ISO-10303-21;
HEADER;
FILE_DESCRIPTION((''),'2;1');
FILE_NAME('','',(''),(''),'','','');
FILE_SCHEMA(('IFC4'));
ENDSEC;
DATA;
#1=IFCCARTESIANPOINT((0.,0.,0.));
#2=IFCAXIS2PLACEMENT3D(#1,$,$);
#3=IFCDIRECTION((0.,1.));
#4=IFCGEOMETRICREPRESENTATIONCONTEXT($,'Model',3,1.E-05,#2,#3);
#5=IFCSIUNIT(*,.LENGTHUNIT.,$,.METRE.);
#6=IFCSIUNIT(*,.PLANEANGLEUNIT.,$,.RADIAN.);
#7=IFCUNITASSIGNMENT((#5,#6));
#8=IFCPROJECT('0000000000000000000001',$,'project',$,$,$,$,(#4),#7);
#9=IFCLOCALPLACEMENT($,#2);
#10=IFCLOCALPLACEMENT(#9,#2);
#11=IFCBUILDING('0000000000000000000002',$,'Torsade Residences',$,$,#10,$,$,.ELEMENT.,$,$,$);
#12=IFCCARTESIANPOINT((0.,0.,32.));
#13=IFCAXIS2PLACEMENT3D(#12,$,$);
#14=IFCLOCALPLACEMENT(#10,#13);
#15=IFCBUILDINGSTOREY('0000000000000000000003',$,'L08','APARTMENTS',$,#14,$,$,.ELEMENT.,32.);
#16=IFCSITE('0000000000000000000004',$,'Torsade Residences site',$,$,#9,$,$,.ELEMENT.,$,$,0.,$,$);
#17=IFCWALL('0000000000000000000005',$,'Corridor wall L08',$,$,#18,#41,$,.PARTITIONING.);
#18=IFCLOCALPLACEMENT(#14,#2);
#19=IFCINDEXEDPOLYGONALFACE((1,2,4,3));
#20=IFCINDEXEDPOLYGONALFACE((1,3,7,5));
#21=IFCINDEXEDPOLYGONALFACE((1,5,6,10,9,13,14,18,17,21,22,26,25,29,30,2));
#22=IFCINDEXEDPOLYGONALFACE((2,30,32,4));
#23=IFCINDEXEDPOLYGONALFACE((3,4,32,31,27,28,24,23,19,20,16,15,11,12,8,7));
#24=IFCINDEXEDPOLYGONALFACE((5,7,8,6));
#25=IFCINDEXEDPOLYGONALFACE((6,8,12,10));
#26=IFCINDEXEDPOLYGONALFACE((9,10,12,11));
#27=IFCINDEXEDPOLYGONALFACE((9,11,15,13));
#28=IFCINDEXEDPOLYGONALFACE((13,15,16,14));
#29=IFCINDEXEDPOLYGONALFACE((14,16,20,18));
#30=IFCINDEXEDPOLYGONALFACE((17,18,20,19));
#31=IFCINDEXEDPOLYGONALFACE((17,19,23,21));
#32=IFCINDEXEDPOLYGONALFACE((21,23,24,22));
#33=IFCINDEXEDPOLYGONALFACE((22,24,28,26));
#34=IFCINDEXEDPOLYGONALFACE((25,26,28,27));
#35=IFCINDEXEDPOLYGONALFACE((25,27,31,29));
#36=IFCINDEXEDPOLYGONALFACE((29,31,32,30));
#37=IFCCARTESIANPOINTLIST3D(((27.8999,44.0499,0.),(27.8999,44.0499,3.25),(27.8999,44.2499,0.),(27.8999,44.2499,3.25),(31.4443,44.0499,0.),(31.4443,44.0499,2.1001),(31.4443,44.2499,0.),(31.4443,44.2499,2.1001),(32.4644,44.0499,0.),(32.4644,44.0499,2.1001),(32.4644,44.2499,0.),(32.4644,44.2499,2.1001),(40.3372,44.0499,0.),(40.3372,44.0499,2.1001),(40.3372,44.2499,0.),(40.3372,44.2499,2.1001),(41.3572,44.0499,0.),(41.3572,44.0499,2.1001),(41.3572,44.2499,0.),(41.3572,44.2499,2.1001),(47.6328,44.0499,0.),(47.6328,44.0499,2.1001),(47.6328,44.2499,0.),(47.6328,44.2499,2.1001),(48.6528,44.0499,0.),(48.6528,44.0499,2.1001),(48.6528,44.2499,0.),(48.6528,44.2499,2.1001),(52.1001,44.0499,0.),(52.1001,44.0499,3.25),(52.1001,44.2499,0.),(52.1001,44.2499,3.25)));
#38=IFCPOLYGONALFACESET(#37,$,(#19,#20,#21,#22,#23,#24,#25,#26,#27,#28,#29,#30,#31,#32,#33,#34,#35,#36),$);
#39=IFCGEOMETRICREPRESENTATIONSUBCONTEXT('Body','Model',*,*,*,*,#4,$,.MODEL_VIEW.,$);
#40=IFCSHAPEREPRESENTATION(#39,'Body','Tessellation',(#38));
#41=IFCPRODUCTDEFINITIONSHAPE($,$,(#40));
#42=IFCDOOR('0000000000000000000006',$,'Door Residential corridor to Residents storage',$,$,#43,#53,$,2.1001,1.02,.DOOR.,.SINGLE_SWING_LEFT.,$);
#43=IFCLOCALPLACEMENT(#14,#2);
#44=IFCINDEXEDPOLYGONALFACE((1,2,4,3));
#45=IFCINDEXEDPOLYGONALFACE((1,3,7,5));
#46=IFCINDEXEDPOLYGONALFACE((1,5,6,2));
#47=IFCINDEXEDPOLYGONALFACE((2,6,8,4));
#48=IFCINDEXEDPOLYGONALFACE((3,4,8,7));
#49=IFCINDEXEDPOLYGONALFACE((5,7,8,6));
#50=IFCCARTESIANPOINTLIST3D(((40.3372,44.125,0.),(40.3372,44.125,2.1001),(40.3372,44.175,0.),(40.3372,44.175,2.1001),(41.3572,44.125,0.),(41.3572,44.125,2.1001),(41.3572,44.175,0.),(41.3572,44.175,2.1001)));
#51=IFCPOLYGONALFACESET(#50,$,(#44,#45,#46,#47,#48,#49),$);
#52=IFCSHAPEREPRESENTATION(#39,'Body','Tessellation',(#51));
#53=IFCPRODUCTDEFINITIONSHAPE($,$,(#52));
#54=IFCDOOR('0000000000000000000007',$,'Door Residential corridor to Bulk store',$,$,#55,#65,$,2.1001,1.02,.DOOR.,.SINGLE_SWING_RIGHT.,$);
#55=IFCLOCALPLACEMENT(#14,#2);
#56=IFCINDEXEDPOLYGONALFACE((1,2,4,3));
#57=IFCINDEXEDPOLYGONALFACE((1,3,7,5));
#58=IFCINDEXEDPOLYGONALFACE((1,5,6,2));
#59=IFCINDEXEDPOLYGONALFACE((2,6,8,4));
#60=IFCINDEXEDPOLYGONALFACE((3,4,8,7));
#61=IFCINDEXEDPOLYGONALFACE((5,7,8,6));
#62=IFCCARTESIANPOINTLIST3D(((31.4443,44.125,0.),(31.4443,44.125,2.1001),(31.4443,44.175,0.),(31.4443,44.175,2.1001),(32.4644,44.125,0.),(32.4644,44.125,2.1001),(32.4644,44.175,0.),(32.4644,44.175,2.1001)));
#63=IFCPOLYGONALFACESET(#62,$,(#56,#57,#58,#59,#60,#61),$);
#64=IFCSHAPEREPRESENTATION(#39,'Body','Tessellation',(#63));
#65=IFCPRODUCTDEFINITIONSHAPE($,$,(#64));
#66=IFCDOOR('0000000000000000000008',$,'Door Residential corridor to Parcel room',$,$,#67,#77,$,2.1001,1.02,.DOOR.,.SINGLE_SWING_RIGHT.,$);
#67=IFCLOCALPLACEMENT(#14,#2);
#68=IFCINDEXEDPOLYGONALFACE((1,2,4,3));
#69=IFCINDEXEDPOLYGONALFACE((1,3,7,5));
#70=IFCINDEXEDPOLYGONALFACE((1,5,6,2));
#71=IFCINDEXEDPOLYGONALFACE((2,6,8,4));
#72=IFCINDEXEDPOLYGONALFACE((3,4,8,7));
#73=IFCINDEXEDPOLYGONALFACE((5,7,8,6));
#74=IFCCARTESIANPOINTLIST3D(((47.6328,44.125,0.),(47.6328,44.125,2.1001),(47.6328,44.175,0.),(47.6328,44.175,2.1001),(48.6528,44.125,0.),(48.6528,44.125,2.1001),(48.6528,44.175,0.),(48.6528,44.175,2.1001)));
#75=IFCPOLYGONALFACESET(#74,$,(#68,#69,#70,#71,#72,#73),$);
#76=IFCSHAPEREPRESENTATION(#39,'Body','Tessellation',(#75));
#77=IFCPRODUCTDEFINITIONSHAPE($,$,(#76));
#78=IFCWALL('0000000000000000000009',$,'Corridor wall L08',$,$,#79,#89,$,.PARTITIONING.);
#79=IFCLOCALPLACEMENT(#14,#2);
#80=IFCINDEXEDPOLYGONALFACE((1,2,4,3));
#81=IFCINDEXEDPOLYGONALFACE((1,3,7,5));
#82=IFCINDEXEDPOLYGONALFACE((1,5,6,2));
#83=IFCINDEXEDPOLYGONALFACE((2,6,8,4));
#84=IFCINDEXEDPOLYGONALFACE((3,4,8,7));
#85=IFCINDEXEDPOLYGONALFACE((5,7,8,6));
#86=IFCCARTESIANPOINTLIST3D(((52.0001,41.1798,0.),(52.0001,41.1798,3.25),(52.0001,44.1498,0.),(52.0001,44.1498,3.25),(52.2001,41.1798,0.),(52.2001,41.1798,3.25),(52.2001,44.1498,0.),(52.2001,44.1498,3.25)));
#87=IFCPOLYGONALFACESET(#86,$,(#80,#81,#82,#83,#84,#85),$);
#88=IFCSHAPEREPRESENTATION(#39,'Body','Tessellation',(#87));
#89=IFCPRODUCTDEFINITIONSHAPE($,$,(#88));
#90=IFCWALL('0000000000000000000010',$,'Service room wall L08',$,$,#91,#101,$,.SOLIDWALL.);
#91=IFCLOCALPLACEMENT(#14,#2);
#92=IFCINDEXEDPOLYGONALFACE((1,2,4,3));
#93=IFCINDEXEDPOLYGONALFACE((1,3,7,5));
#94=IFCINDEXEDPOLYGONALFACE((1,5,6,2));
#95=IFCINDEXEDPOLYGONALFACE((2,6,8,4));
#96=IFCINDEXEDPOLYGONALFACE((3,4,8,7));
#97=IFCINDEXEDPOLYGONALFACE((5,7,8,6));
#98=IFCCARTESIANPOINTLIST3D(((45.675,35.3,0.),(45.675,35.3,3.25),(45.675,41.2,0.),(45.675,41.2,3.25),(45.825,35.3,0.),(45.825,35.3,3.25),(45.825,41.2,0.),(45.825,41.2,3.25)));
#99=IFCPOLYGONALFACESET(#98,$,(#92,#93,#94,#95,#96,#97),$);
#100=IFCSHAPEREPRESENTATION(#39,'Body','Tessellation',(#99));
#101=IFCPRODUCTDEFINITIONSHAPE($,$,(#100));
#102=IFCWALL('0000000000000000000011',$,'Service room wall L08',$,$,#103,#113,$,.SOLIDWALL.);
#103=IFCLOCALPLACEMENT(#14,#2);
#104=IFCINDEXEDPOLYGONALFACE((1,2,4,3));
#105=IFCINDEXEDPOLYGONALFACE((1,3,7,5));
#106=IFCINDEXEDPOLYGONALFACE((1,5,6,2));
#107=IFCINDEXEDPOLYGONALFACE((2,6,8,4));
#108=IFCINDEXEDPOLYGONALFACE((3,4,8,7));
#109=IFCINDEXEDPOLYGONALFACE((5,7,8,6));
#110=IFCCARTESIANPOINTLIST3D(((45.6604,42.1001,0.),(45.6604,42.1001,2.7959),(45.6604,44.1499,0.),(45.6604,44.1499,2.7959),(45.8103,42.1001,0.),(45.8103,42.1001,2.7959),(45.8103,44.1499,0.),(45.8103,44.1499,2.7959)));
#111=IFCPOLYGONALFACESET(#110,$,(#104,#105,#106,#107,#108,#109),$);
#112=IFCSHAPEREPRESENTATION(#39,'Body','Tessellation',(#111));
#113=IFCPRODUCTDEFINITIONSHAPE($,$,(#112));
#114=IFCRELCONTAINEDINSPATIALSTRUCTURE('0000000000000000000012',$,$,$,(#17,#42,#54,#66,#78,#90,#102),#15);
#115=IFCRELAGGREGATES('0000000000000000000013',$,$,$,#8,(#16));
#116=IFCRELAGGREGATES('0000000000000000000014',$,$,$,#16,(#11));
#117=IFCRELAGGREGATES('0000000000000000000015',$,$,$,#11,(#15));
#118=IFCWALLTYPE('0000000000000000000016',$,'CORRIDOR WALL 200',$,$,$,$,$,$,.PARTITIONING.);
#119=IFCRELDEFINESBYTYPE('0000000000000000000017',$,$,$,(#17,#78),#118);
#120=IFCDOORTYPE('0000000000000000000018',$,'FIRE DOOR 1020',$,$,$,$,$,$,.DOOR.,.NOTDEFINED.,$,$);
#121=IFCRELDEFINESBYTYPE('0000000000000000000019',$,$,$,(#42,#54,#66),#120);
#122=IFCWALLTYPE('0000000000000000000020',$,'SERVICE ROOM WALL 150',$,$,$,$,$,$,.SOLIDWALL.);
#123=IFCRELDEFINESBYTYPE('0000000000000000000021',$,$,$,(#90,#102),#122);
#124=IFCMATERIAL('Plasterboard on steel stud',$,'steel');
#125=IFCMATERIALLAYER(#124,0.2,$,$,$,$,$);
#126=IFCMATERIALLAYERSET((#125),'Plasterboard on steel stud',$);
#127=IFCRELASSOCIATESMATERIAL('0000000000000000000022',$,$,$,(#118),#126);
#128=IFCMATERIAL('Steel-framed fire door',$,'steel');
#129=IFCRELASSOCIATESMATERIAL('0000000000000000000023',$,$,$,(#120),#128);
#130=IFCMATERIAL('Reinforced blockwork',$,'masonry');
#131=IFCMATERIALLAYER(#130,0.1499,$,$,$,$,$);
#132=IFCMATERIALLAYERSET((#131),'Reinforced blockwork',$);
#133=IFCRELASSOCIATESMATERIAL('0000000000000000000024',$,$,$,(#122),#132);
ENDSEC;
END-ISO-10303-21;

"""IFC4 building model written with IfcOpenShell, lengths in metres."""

from ifc_helpers import new_model, si_unit, direction, frame, frame_2d, origin, place, context, subcontext, project, spatial, rectangle, extrude, material, layer, layer_set, type_object, element, fill, save


model = new_model("IFC4")

# Units and contexts
model_context = context("Model", 3, precision=1e-05, world=origin(), true_north=direction((0.0, 1.0)))
body_context = subcontext(model_context, "Body", "Model", "MODEL_VIEW")
ifc_project = project(units=[si_unit("LENGTHUNIT", "METRE"), si_unit("PLANEANGLEUNIT", "RADIAN")], contexts=[model_context])

# Site, building, storey
site_placement = place(None, origin())
site = spatial("IfcSite", under=ifc_project, at=site_placement, Name="Torsade Residences site", CompositionType="ELEMENT", RefElevation=0.0)
building_placement = place(site_placement, origin())
building = spatial("IfcBuilding", under=site, at=building_placement, Name="Torsade Residences", CompositionType="ELEMENT")
storey_placement = place(building_placement, frame((0.0, 0.0, 32.0)))
storey = spatial("IfcBuildingStorey", under=building, at=storey_placement, Name="L08", Description="APARTMENTS", CompositionType="ELEMENT", Elevation=32.0)

# Shared definitions
ifc_material_1 = material(Name="Plasterboard on steel stud", Category="steel")
ifc_layer_1 = layer(ifc_material_1, 0.2)
ifc_layer_set_1 = layer_set([ifc_layer_1], Name="Plasterboard on steel stud")
wall_type_1 = type_object("IfcWallType", Name="CORRIDOR WALL 200", PredefinedType="PARTITIONING", material=ifc_layer_set_1)

# Wall, openings, doors
wall_1_placement = place(storey_placement, frame((52.1001, 44.1499, 0.0), z_axis=(0.0, 0.0, 1.0), x_axis=(-1.0, 0.0, 0.0)))
wall_1 = element("IfcWall", 1, at=wall_1_placement, inside=storey, type_object=wall_type_1, Name="Corridor wall L08", PredefinedType="PARTITIONING", context=body_context, shape_type="SweptSolid", body=[
    extrude(rectangle(XDim=24.2002, YDim=0.2, at=frame_2d((12.1001, 0.0))), origin(), (0.0, 0.0, 1.0), 3.25),
])
opening_1_placement = place(wall_1_placement, frame((10.7429, 0.0, 0.0)))
opening_1 = element("IfcOpeningElement", 2, at=opening_1_placement, cuts=wall_1, PredefinedType="OPENING", context=body_context, shape_type="SweptSolid", body=[
    extrude(rectangle(XDim=1.02, YDim=2.1001, at=frame_2d((0.51, 1.05))), frame((0.0, 0.1099, 0.0), z_axis=(0.0, -1.0, 0.0), x_axis=(1.0, 0.0, 0.0)), (0.0, 0.0, 1.0), 0.22),
])
opening_2_placement = place(wall_1_placement, frame((19.6357, 0.0, 0.0)))
opening_2 = element("IfcOpeningElement", 3, at=opening_2_placement, cuts=wall_1, PredefinedType="OPENING", context=body_context, shape_type="SweptSolid", body=[
    extrude(rectangle(XDim=1.02, YDim=2.1001, at=frame_2d((0.51, 1.05))), frame((0.0, 0.1099, 0.0), z_axis=(0.0, -1.0, 0.0), x_axis=(1.0, 0.0, 0.0)), (0.0, 0.0, 1.0), 0.22),
])
opening_3_placement = place(wall_1_placement, frame((3.4473, 0.0, 0.0)))
opening_3 = element("IfcOpeningElement", 4, at=opening_3_placement, cuts=wall_1, PredefinedType="OPENING", context=body_context, shape_type="SweptSolid", body=[
    extrude(rectangle(XDim=1.02, YDim=2.1001, at=frame_2d((0.51, 1.05))), frame((0.0, 0.1099, 0.0), z_axis=(0.0, -1.0, 0.0), x_axis=(1.0, 0.0, 0.0)), (0.0, 0.0, 1.0), 0.22),
])
ifc_material_2 = material(Name="Steel-framed fire door", Category="steel")
door_type_1 = type_object("IfcDoorType", Name="FIRE DOOR 1020", OperationType="NOTDEFINED", PredefinedType="DOOR", material=ifc_material_2)
door_1_placement = place(opening_1_placement, origin())
door_1 = element("IfcDoor", 5, at=door_1_placement, inside=storey, type_object=door_type_1, Name="Door Residential corridor to Residents storage", OperationType="SINGLE_SWING_LEFT", OverallHeight=2.1001, OverallWidth=1.02, PredefinedType="DOOR", context=body_context, shape_type="SweptSolid", body=[
    extrude(rectangle(XDim=1.02, YDim=2.1001, at=frame_2d((0.51, 1.05))), frame((0.0, 0.0249, 0.0), z_axis=(0.0, -1.0, 0.0), x_axis=(1.0, 0.0, 0.0)), (0.0, 0.0, 1.0), 0.05),
])
fill(opening_1, door_1)
door_2_placement = place(opening_2_placement, origin())
door_2 = element("IfcDoor", 6, at=door_2_placement, inside=storey, type_object=door_type_1, Name="Door Residential corridor to Bulk store", OperationType="SINGLE_SWING_RIGHT", OverallHeight=2.1001, OverallWidth=1.02, PredefinedType="DOOR", context=body_context, shape_type="SweptSolid", body=[
    extrude(rectangle(XDim=1.02, YDim=2.1001, at=frame_2d((0.51, 1.05))), frame((0.0, 0.0249, 0.0), z_axis=(0.0, -1.0, 0.0), x_axis=(1.0, 0.0, 0.0)), (0.0, 0.0, 1.0), 0.05),
])
fill(opening_2, door_2)
door_3_placement = place(opening_3_placement, origin())
door_3 = element("IfcDoor", 7, at=door_3_placement, inside=storey, type_object=door_type_1, Name="Door Residential corridor to Parcel room", OperationType="SINGLE_SWING_RIGHT", OverallHeight=2.1001, OverallWidth=1.02, PredefinedType="DOOR", context=body_context, shape_type="SweptSolid", body=[
    extrude(rectangle(XDim=1.02, YDim=2.1001, at=frame_2d((0.51, 1.05))), frame((0.0, 0.0249, 0.0), z_axis=(0.0, -1.0, 0.0), x_axis=(1.0, 0.0, 0.0)), (0.0, 0.0, 1.0), 0.05),
])
fill(opening_3, door_3)

# Walls
wall_2_placement = place(storey_placement, frame((52.1001, 41.1799, 0.0), z_axis=(0.0, 0.0, 1.0), x_axis=(0.0, 1.0, 0.0)))
element("IfcWall", 8, at=wall_2_placement, inside=storey, type_object=wall_type_1, Name="Corridor wall L08", PredefinedType="PARTITIONING", context=body_context, shape_type="SweptSolid", body=[
    extrude(rectangle(XDim=2.97, YDim=0.2, at=frame_2d((1.4849, 0.0))), origin(), (0.0, 0.0, 1.0), 3.25),
])
ifc_material_3 = material(Name="Reinforced blockwork", Category="masonry")
ifc_layer_2 = layer(ifc_material_3, 0.1499)
ifc_layer_set_2 = layer_set([ifc_layer_2], Name="Reinforced blockwork")
wall_type_2 = type_object("IfcWallType", Name="SERVICE ROOM WALL 150", PredefinedType="SOLIDWALL", material=ifc_layer_set_2)
wall_3_placement = place(storey_placement, frame((45.75, 41.2, 0.0), z_axis=(0.0, 0.0, 1.0), x_axis=(0.0, -1.0, 0.0)))
element("IfcWall", 9, at=wall_3_placement, inside=storey, type_object=wall_type_2, Name="Service room wall L08", PredefinedType="SOLIDWALL", context=body_context, shape_type="SweptSolid", body=[
    extrude(rectangle(XDim=5.8999, YDim=0.1499, at=frame_2d((2.95, 0.0))), origin(), (0.0, 0.0, 1.0), 3.25),
])
wall_4_placement = place(storey_placement, frame((45.7354, 42.1001, 0.0), z_axis=(0.0, 0.0, 1.0), x_axis=(0.0, 1.0, 0.0)))
element("IfcWall", 10, at=wall_4_placement, inside=storey, type_object=wall_type_2, Name="Service room wall L08", PredefinedType="SOLIDWALL", context=body_context, shape_type="SweptSolid", body=[
    extrude(rectangle(XDim=2.0498, YDim=0.1499, at=frame_2d((1.0249, 0.0))), origin(), (0.0, 0.0, 1.0), 2.7959),
])

save(model, "model.ifc")
